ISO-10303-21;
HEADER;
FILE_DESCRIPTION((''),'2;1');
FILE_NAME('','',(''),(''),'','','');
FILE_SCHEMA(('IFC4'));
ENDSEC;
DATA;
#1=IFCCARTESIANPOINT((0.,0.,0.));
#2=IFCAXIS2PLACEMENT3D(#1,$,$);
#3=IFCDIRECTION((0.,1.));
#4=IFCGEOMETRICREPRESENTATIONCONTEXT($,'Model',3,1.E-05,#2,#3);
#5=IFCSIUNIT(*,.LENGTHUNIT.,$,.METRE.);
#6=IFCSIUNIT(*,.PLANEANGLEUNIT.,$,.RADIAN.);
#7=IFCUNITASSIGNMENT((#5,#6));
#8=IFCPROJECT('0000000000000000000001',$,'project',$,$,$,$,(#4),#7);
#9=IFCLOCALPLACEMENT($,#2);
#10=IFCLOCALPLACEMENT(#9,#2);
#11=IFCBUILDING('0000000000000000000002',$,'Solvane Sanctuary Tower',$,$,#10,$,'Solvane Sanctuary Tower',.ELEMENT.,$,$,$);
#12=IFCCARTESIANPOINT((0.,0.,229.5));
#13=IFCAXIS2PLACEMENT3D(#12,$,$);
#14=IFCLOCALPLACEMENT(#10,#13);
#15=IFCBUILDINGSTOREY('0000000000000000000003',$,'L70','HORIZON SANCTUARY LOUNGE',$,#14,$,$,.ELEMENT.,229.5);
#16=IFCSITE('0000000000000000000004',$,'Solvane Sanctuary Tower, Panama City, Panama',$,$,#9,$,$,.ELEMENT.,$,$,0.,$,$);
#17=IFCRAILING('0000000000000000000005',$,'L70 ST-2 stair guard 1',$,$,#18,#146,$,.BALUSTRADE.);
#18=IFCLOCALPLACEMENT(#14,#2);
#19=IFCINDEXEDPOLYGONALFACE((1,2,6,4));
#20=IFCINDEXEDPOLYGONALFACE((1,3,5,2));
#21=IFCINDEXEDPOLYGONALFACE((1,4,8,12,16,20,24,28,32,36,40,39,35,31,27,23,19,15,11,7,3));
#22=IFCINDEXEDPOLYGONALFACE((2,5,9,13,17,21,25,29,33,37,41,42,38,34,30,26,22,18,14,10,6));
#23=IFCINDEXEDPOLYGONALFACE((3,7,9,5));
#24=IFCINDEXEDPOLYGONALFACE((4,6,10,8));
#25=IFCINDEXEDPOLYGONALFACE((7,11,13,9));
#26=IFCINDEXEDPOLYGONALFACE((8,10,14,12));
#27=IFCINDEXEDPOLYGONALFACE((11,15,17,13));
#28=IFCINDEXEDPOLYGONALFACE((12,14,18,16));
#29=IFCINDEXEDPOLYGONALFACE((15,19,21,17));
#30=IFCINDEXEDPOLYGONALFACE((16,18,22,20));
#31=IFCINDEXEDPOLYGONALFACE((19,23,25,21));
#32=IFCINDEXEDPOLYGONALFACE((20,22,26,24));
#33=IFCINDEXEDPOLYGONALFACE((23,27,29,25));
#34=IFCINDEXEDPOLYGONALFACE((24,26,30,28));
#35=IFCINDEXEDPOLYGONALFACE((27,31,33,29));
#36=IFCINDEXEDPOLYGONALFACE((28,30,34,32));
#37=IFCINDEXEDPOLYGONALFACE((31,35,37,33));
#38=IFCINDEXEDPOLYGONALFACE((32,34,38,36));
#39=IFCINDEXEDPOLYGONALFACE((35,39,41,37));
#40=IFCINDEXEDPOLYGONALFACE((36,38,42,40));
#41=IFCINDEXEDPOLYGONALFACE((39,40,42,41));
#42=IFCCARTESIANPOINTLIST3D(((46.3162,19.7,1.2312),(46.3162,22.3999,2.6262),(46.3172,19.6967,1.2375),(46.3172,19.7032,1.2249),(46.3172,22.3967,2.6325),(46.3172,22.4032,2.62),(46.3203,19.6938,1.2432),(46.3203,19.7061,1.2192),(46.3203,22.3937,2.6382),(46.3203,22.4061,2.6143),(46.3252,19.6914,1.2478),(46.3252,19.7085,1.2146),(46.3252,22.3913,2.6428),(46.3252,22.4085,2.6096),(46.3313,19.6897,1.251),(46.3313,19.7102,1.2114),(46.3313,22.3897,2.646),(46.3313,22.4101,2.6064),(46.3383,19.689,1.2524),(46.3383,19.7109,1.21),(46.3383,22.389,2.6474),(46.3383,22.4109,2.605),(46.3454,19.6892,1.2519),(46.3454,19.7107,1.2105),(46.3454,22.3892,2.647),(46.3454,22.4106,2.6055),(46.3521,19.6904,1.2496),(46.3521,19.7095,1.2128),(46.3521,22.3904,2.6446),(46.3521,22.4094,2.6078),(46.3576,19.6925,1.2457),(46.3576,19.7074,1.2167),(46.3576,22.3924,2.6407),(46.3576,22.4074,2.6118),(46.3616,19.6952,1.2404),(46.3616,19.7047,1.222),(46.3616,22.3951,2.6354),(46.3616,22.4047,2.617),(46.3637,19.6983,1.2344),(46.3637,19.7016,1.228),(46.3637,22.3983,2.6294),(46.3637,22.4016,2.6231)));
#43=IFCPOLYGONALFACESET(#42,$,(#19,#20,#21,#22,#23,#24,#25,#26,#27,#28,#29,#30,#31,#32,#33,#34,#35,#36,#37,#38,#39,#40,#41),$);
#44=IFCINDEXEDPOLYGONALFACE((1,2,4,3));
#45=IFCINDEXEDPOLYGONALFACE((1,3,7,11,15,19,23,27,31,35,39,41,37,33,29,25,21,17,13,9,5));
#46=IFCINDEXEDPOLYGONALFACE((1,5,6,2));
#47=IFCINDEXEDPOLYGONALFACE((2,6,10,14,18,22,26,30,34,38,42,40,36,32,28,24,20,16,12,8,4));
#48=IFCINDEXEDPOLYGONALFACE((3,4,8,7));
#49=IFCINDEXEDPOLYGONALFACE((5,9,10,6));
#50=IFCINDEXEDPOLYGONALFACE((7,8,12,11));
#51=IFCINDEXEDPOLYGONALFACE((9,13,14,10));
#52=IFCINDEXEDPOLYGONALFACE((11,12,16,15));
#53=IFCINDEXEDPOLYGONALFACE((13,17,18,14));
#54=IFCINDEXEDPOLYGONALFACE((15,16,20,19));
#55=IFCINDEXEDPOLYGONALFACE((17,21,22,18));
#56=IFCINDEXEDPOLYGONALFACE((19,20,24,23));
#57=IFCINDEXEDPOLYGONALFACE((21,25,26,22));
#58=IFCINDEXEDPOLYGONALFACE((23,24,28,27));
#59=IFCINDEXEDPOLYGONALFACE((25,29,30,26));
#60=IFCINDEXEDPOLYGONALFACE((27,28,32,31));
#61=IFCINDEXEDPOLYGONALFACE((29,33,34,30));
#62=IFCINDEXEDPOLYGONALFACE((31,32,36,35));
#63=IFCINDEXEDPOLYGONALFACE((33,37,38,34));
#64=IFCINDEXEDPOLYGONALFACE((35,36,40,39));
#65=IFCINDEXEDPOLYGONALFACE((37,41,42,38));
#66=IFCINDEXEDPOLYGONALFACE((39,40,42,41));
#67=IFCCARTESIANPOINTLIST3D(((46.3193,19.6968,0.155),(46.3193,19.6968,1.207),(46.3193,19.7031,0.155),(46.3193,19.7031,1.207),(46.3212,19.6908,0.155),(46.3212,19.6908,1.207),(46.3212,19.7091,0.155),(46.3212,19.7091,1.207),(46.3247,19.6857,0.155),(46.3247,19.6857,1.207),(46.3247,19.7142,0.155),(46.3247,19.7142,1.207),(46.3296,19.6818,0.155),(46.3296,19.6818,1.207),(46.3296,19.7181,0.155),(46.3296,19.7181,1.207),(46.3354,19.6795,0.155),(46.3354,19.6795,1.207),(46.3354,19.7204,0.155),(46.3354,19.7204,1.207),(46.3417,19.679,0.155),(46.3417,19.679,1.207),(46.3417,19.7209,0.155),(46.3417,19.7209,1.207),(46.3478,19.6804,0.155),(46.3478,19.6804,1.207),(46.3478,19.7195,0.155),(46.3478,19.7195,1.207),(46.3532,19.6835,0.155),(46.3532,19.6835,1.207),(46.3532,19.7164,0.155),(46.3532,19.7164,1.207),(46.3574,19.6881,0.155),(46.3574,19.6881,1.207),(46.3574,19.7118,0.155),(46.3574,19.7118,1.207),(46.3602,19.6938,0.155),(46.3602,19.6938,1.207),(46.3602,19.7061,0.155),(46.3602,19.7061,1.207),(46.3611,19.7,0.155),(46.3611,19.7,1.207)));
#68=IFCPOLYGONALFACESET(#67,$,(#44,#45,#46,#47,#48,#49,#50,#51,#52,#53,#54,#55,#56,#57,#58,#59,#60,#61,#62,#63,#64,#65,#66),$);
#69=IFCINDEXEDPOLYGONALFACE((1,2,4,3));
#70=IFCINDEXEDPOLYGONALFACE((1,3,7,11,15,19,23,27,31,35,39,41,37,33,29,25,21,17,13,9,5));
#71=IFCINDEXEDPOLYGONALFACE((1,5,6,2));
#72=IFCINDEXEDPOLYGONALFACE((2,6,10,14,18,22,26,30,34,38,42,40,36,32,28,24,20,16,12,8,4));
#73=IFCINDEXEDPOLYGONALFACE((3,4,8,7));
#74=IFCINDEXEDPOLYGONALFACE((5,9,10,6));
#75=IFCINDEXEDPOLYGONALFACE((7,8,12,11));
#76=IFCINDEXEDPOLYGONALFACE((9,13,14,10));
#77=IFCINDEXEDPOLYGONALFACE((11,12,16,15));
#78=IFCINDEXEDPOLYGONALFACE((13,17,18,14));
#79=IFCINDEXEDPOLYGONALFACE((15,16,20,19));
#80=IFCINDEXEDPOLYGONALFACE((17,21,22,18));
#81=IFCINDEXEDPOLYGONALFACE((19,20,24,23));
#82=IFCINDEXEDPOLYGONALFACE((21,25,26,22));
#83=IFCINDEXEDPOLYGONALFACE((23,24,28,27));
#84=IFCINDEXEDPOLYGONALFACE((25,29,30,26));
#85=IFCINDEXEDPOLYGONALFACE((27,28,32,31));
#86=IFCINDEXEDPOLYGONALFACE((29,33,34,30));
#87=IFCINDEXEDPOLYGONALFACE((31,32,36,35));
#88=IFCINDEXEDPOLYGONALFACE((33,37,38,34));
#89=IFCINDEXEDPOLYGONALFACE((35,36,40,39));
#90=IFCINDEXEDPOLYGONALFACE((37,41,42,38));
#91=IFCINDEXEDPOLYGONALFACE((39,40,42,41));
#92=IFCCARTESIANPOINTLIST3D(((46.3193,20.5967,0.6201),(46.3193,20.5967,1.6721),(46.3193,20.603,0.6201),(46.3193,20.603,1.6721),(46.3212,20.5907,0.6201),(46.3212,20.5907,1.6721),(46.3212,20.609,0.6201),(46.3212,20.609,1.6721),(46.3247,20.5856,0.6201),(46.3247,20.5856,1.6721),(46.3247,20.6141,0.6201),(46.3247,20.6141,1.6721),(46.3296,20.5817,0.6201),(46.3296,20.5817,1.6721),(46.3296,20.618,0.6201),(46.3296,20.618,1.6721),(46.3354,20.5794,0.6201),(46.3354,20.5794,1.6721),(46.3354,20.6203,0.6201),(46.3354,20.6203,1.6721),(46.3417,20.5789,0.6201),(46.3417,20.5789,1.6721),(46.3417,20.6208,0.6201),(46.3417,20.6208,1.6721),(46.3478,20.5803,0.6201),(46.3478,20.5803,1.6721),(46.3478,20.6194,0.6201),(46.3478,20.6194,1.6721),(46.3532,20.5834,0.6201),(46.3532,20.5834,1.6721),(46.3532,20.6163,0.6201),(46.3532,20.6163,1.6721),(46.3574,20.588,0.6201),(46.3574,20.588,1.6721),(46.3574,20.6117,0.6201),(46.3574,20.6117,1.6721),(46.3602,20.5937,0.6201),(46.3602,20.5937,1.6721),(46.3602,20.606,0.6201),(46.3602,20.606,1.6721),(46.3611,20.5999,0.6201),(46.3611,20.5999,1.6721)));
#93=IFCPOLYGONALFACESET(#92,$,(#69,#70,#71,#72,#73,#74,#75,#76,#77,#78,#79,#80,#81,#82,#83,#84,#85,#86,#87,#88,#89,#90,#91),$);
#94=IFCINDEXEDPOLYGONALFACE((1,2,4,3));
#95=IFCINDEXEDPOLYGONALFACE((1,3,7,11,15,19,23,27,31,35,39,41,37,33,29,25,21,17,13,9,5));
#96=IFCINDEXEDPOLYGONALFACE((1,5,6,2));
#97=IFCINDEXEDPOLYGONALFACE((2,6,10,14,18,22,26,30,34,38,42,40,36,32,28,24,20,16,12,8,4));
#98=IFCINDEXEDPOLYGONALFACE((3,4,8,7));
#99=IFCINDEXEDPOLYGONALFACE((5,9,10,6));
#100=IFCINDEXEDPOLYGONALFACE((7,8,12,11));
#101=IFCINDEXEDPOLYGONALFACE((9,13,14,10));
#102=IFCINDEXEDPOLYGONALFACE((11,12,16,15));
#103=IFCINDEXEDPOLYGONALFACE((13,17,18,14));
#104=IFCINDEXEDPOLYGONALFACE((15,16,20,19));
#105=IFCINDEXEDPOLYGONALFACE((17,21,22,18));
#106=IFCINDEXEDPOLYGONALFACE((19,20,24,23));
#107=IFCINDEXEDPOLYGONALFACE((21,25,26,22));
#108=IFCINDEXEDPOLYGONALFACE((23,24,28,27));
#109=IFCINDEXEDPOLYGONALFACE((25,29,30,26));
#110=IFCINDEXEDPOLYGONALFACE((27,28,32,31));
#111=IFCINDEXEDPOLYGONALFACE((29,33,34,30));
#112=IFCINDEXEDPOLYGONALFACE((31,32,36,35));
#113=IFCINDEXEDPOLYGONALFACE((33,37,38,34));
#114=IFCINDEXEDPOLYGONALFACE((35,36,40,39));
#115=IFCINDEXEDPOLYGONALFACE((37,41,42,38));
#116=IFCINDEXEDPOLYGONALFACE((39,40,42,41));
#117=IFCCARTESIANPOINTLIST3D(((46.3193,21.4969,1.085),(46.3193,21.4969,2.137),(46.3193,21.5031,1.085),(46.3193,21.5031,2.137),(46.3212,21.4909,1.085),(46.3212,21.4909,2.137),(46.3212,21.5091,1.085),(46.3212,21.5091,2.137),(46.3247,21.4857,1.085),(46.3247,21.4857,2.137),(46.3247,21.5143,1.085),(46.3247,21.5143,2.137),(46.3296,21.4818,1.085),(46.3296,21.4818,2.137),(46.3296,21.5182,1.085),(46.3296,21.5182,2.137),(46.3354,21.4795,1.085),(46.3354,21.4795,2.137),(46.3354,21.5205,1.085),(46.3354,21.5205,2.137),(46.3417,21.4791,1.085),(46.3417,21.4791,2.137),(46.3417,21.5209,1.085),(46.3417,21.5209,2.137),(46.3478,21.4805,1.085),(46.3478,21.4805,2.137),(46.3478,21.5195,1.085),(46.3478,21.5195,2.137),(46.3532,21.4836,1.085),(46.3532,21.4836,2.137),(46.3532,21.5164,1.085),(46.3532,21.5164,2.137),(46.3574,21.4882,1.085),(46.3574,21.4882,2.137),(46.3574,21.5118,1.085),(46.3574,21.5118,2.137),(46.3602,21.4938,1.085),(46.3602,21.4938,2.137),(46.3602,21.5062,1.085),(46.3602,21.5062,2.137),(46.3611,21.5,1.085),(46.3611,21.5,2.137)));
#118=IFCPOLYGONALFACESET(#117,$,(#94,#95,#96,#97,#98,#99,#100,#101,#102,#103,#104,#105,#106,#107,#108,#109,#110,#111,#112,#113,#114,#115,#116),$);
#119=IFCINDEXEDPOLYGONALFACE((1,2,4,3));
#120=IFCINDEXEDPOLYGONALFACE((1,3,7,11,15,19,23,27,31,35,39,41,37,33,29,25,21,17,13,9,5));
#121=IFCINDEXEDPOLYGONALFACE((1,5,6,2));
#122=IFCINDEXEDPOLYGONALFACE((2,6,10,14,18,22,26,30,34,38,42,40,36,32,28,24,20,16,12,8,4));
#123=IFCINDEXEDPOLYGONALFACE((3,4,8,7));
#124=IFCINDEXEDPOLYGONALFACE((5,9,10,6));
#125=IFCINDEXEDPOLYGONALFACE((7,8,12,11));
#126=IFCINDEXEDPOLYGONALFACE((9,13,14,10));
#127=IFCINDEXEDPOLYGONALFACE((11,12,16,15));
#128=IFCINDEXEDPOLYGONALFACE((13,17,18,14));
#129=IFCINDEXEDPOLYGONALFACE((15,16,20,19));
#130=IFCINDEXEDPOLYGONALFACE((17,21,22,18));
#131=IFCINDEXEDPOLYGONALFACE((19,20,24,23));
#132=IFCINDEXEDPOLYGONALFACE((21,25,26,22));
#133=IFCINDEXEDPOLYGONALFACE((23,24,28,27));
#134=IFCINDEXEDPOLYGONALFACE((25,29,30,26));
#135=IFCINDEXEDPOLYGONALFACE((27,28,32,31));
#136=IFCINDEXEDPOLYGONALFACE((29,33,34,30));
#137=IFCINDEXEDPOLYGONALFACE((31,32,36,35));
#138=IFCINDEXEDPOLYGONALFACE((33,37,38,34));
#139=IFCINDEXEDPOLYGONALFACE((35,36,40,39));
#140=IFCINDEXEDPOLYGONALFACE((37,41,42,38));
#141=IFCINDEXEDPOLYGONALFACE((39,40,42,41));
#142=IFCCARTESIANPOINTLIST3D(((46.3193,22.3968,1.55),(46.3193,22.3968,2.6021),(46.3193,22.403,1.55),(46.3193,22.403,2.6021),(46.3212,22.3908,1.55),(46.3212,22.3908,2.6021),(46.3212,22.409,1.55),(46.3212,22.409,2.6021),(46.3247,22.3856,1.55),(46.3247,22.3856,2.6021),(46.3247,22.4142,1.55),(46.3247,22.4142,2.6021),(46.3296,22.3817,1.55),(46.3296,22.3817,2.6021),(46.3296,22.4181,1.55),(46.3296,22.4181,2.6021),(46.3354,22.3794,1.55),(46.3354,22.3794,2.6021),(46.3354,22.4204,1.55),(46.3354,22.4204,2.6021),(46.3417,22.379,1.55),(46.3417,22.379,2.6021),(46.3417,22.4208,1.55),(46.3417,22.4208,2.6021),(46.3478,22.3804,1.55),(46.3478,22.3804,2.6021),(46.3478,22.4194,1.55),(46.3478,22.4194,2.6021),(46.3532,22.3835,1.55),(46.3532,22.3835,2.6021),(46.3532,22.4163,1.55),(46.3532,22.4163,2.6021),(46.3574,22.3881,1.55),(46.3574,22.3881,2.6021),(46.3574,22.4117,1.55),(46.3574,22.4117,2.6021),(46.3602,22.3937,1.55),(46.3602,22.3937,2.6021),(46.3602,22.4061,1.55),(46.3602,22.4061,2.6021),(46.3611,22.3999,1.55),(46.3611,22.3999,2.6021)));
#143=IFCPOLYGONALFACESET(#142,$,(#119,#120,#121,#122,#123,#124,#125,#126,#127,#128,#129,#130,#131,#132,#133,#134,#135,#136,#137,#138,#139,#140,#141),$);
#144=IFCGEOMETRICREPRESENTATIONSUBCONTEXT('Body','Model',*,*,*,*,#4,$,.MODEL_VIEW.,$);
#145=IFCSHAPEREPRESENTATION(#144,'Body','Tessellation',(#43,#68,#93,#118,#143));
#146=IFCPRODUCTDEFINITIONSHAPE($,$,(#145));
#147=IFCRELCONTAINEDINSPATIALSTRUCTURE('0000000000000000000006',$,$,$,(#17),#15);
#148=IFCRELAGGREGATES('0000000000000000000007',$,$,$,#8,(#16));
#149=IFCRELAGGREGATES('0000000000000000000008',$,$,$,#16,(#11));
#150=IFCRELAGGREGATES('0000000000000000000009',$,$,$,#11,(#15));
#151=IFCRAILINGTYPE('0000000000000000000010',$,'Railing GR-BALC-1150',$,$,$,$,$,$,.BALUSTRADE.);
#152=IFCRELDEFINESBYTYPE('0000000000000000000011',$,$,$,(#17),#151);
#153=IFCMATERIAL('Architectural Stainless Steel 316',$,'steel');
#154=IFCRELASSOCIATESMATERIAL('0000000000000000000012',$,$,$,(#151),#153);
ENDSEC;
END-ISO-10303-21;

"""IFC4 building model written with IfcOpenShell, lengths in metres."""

from ifc_helpers import new_model, si_unit, direction, frame, origin, origin_2d, place, context, subcontext, project, spatial, circle, extrude, material, type_object, element, save


model = new_model("IFC4")

# Units and contexts
model_context = context("Model", 3, precision=1e-05, world=origin(), true_north=direction((0.0, 1.0)))
body_context = subcontext(model_context, "Body", "Model", "MODEL_VIEW")
ifc_project = project(units=[si_unit("LENGTHUNIT", "METRE"), si_unit("PLANEANGLEUNIT", "RADIAN")], contexts=[model_context])

# Site, building, storey
site_placement = place(None, origin())
site = spatial("IfcSite", under=ifc_project, at=site_placement, Name="Solvane Sanctuary Tower, Panama City, Panama", CompositionType="ELEMENT", RefElevation=0.0)
building_placement = place(site_placement, origin())
building = spatial("IfcBuilding", under=site, at=building_placement, Name="Solvane Sanctuary Tower", LongName="Solvane Sanctuary Tower", CompositionType="ELEMENT")
storey_placement = place(building_placement, frame((0.0, 0.0, 229.5)))
storey = spatial("IfcBuildingStorey", under=building, at=storey_placement, Name="L70", Description="HORIZON SANCTUARY LOUNGE", CompositionType="ELEMENT", Elevation=229.5)

# Shared definitions
ifc_material_1 = material(Name="Architectural Stainless Steel 316", Category="steel")

# Railing
railing_type_1 = type_object("IfcRailingType", Name="Railing GR-BALC-1150", PredefinedType="BALUSTRADE", material=ifc_material_1)
railing_1_placement = place(storey_placement, frame((46.3401, 19.7, 0.155)))
element("IfcRailing", 1, at=railing_1_placement, inside=storey, type_object=railing_type_1, Name="L70 ST-2 stair guard 1", PredefinedType="BALUSTRADE", context=body_context, shape_type="SweptSolid", body=[
    extrude(circle(Radius=0.0239, at=origin_2d()), frame((0.0, 0.0, 1.0762), z_axis=(0.0, 0.88842, 0.459032), x_axis=(-1.0, 0.0, 0.0)), (0.0, 0.0, 1.0), 3.0391),
    extrude(circle(Radius=0.021, at=origin_2d()), origin(), (0.0, 0.0, 1.0), 1.052),
    extrude(circle(Radius=0.021, at=origin_2d()), frame((0.0, 0.8999, 0.4651)), (0.0, 0.0, 1.0), 1.052),
    extrude(circle(Radius=0.021, at=origin_2d()), frame((0.0, 1.8, 0.9299)), (0.0, 0.0, 1.0), 1.052),
    extrude(circle(Radius=0.021, at=origin_2d()), frame((0.0, 2.7, 1.395)), (0.0, 0.0, 1.0), 1.052),
])

save(model, "model.ifc")
